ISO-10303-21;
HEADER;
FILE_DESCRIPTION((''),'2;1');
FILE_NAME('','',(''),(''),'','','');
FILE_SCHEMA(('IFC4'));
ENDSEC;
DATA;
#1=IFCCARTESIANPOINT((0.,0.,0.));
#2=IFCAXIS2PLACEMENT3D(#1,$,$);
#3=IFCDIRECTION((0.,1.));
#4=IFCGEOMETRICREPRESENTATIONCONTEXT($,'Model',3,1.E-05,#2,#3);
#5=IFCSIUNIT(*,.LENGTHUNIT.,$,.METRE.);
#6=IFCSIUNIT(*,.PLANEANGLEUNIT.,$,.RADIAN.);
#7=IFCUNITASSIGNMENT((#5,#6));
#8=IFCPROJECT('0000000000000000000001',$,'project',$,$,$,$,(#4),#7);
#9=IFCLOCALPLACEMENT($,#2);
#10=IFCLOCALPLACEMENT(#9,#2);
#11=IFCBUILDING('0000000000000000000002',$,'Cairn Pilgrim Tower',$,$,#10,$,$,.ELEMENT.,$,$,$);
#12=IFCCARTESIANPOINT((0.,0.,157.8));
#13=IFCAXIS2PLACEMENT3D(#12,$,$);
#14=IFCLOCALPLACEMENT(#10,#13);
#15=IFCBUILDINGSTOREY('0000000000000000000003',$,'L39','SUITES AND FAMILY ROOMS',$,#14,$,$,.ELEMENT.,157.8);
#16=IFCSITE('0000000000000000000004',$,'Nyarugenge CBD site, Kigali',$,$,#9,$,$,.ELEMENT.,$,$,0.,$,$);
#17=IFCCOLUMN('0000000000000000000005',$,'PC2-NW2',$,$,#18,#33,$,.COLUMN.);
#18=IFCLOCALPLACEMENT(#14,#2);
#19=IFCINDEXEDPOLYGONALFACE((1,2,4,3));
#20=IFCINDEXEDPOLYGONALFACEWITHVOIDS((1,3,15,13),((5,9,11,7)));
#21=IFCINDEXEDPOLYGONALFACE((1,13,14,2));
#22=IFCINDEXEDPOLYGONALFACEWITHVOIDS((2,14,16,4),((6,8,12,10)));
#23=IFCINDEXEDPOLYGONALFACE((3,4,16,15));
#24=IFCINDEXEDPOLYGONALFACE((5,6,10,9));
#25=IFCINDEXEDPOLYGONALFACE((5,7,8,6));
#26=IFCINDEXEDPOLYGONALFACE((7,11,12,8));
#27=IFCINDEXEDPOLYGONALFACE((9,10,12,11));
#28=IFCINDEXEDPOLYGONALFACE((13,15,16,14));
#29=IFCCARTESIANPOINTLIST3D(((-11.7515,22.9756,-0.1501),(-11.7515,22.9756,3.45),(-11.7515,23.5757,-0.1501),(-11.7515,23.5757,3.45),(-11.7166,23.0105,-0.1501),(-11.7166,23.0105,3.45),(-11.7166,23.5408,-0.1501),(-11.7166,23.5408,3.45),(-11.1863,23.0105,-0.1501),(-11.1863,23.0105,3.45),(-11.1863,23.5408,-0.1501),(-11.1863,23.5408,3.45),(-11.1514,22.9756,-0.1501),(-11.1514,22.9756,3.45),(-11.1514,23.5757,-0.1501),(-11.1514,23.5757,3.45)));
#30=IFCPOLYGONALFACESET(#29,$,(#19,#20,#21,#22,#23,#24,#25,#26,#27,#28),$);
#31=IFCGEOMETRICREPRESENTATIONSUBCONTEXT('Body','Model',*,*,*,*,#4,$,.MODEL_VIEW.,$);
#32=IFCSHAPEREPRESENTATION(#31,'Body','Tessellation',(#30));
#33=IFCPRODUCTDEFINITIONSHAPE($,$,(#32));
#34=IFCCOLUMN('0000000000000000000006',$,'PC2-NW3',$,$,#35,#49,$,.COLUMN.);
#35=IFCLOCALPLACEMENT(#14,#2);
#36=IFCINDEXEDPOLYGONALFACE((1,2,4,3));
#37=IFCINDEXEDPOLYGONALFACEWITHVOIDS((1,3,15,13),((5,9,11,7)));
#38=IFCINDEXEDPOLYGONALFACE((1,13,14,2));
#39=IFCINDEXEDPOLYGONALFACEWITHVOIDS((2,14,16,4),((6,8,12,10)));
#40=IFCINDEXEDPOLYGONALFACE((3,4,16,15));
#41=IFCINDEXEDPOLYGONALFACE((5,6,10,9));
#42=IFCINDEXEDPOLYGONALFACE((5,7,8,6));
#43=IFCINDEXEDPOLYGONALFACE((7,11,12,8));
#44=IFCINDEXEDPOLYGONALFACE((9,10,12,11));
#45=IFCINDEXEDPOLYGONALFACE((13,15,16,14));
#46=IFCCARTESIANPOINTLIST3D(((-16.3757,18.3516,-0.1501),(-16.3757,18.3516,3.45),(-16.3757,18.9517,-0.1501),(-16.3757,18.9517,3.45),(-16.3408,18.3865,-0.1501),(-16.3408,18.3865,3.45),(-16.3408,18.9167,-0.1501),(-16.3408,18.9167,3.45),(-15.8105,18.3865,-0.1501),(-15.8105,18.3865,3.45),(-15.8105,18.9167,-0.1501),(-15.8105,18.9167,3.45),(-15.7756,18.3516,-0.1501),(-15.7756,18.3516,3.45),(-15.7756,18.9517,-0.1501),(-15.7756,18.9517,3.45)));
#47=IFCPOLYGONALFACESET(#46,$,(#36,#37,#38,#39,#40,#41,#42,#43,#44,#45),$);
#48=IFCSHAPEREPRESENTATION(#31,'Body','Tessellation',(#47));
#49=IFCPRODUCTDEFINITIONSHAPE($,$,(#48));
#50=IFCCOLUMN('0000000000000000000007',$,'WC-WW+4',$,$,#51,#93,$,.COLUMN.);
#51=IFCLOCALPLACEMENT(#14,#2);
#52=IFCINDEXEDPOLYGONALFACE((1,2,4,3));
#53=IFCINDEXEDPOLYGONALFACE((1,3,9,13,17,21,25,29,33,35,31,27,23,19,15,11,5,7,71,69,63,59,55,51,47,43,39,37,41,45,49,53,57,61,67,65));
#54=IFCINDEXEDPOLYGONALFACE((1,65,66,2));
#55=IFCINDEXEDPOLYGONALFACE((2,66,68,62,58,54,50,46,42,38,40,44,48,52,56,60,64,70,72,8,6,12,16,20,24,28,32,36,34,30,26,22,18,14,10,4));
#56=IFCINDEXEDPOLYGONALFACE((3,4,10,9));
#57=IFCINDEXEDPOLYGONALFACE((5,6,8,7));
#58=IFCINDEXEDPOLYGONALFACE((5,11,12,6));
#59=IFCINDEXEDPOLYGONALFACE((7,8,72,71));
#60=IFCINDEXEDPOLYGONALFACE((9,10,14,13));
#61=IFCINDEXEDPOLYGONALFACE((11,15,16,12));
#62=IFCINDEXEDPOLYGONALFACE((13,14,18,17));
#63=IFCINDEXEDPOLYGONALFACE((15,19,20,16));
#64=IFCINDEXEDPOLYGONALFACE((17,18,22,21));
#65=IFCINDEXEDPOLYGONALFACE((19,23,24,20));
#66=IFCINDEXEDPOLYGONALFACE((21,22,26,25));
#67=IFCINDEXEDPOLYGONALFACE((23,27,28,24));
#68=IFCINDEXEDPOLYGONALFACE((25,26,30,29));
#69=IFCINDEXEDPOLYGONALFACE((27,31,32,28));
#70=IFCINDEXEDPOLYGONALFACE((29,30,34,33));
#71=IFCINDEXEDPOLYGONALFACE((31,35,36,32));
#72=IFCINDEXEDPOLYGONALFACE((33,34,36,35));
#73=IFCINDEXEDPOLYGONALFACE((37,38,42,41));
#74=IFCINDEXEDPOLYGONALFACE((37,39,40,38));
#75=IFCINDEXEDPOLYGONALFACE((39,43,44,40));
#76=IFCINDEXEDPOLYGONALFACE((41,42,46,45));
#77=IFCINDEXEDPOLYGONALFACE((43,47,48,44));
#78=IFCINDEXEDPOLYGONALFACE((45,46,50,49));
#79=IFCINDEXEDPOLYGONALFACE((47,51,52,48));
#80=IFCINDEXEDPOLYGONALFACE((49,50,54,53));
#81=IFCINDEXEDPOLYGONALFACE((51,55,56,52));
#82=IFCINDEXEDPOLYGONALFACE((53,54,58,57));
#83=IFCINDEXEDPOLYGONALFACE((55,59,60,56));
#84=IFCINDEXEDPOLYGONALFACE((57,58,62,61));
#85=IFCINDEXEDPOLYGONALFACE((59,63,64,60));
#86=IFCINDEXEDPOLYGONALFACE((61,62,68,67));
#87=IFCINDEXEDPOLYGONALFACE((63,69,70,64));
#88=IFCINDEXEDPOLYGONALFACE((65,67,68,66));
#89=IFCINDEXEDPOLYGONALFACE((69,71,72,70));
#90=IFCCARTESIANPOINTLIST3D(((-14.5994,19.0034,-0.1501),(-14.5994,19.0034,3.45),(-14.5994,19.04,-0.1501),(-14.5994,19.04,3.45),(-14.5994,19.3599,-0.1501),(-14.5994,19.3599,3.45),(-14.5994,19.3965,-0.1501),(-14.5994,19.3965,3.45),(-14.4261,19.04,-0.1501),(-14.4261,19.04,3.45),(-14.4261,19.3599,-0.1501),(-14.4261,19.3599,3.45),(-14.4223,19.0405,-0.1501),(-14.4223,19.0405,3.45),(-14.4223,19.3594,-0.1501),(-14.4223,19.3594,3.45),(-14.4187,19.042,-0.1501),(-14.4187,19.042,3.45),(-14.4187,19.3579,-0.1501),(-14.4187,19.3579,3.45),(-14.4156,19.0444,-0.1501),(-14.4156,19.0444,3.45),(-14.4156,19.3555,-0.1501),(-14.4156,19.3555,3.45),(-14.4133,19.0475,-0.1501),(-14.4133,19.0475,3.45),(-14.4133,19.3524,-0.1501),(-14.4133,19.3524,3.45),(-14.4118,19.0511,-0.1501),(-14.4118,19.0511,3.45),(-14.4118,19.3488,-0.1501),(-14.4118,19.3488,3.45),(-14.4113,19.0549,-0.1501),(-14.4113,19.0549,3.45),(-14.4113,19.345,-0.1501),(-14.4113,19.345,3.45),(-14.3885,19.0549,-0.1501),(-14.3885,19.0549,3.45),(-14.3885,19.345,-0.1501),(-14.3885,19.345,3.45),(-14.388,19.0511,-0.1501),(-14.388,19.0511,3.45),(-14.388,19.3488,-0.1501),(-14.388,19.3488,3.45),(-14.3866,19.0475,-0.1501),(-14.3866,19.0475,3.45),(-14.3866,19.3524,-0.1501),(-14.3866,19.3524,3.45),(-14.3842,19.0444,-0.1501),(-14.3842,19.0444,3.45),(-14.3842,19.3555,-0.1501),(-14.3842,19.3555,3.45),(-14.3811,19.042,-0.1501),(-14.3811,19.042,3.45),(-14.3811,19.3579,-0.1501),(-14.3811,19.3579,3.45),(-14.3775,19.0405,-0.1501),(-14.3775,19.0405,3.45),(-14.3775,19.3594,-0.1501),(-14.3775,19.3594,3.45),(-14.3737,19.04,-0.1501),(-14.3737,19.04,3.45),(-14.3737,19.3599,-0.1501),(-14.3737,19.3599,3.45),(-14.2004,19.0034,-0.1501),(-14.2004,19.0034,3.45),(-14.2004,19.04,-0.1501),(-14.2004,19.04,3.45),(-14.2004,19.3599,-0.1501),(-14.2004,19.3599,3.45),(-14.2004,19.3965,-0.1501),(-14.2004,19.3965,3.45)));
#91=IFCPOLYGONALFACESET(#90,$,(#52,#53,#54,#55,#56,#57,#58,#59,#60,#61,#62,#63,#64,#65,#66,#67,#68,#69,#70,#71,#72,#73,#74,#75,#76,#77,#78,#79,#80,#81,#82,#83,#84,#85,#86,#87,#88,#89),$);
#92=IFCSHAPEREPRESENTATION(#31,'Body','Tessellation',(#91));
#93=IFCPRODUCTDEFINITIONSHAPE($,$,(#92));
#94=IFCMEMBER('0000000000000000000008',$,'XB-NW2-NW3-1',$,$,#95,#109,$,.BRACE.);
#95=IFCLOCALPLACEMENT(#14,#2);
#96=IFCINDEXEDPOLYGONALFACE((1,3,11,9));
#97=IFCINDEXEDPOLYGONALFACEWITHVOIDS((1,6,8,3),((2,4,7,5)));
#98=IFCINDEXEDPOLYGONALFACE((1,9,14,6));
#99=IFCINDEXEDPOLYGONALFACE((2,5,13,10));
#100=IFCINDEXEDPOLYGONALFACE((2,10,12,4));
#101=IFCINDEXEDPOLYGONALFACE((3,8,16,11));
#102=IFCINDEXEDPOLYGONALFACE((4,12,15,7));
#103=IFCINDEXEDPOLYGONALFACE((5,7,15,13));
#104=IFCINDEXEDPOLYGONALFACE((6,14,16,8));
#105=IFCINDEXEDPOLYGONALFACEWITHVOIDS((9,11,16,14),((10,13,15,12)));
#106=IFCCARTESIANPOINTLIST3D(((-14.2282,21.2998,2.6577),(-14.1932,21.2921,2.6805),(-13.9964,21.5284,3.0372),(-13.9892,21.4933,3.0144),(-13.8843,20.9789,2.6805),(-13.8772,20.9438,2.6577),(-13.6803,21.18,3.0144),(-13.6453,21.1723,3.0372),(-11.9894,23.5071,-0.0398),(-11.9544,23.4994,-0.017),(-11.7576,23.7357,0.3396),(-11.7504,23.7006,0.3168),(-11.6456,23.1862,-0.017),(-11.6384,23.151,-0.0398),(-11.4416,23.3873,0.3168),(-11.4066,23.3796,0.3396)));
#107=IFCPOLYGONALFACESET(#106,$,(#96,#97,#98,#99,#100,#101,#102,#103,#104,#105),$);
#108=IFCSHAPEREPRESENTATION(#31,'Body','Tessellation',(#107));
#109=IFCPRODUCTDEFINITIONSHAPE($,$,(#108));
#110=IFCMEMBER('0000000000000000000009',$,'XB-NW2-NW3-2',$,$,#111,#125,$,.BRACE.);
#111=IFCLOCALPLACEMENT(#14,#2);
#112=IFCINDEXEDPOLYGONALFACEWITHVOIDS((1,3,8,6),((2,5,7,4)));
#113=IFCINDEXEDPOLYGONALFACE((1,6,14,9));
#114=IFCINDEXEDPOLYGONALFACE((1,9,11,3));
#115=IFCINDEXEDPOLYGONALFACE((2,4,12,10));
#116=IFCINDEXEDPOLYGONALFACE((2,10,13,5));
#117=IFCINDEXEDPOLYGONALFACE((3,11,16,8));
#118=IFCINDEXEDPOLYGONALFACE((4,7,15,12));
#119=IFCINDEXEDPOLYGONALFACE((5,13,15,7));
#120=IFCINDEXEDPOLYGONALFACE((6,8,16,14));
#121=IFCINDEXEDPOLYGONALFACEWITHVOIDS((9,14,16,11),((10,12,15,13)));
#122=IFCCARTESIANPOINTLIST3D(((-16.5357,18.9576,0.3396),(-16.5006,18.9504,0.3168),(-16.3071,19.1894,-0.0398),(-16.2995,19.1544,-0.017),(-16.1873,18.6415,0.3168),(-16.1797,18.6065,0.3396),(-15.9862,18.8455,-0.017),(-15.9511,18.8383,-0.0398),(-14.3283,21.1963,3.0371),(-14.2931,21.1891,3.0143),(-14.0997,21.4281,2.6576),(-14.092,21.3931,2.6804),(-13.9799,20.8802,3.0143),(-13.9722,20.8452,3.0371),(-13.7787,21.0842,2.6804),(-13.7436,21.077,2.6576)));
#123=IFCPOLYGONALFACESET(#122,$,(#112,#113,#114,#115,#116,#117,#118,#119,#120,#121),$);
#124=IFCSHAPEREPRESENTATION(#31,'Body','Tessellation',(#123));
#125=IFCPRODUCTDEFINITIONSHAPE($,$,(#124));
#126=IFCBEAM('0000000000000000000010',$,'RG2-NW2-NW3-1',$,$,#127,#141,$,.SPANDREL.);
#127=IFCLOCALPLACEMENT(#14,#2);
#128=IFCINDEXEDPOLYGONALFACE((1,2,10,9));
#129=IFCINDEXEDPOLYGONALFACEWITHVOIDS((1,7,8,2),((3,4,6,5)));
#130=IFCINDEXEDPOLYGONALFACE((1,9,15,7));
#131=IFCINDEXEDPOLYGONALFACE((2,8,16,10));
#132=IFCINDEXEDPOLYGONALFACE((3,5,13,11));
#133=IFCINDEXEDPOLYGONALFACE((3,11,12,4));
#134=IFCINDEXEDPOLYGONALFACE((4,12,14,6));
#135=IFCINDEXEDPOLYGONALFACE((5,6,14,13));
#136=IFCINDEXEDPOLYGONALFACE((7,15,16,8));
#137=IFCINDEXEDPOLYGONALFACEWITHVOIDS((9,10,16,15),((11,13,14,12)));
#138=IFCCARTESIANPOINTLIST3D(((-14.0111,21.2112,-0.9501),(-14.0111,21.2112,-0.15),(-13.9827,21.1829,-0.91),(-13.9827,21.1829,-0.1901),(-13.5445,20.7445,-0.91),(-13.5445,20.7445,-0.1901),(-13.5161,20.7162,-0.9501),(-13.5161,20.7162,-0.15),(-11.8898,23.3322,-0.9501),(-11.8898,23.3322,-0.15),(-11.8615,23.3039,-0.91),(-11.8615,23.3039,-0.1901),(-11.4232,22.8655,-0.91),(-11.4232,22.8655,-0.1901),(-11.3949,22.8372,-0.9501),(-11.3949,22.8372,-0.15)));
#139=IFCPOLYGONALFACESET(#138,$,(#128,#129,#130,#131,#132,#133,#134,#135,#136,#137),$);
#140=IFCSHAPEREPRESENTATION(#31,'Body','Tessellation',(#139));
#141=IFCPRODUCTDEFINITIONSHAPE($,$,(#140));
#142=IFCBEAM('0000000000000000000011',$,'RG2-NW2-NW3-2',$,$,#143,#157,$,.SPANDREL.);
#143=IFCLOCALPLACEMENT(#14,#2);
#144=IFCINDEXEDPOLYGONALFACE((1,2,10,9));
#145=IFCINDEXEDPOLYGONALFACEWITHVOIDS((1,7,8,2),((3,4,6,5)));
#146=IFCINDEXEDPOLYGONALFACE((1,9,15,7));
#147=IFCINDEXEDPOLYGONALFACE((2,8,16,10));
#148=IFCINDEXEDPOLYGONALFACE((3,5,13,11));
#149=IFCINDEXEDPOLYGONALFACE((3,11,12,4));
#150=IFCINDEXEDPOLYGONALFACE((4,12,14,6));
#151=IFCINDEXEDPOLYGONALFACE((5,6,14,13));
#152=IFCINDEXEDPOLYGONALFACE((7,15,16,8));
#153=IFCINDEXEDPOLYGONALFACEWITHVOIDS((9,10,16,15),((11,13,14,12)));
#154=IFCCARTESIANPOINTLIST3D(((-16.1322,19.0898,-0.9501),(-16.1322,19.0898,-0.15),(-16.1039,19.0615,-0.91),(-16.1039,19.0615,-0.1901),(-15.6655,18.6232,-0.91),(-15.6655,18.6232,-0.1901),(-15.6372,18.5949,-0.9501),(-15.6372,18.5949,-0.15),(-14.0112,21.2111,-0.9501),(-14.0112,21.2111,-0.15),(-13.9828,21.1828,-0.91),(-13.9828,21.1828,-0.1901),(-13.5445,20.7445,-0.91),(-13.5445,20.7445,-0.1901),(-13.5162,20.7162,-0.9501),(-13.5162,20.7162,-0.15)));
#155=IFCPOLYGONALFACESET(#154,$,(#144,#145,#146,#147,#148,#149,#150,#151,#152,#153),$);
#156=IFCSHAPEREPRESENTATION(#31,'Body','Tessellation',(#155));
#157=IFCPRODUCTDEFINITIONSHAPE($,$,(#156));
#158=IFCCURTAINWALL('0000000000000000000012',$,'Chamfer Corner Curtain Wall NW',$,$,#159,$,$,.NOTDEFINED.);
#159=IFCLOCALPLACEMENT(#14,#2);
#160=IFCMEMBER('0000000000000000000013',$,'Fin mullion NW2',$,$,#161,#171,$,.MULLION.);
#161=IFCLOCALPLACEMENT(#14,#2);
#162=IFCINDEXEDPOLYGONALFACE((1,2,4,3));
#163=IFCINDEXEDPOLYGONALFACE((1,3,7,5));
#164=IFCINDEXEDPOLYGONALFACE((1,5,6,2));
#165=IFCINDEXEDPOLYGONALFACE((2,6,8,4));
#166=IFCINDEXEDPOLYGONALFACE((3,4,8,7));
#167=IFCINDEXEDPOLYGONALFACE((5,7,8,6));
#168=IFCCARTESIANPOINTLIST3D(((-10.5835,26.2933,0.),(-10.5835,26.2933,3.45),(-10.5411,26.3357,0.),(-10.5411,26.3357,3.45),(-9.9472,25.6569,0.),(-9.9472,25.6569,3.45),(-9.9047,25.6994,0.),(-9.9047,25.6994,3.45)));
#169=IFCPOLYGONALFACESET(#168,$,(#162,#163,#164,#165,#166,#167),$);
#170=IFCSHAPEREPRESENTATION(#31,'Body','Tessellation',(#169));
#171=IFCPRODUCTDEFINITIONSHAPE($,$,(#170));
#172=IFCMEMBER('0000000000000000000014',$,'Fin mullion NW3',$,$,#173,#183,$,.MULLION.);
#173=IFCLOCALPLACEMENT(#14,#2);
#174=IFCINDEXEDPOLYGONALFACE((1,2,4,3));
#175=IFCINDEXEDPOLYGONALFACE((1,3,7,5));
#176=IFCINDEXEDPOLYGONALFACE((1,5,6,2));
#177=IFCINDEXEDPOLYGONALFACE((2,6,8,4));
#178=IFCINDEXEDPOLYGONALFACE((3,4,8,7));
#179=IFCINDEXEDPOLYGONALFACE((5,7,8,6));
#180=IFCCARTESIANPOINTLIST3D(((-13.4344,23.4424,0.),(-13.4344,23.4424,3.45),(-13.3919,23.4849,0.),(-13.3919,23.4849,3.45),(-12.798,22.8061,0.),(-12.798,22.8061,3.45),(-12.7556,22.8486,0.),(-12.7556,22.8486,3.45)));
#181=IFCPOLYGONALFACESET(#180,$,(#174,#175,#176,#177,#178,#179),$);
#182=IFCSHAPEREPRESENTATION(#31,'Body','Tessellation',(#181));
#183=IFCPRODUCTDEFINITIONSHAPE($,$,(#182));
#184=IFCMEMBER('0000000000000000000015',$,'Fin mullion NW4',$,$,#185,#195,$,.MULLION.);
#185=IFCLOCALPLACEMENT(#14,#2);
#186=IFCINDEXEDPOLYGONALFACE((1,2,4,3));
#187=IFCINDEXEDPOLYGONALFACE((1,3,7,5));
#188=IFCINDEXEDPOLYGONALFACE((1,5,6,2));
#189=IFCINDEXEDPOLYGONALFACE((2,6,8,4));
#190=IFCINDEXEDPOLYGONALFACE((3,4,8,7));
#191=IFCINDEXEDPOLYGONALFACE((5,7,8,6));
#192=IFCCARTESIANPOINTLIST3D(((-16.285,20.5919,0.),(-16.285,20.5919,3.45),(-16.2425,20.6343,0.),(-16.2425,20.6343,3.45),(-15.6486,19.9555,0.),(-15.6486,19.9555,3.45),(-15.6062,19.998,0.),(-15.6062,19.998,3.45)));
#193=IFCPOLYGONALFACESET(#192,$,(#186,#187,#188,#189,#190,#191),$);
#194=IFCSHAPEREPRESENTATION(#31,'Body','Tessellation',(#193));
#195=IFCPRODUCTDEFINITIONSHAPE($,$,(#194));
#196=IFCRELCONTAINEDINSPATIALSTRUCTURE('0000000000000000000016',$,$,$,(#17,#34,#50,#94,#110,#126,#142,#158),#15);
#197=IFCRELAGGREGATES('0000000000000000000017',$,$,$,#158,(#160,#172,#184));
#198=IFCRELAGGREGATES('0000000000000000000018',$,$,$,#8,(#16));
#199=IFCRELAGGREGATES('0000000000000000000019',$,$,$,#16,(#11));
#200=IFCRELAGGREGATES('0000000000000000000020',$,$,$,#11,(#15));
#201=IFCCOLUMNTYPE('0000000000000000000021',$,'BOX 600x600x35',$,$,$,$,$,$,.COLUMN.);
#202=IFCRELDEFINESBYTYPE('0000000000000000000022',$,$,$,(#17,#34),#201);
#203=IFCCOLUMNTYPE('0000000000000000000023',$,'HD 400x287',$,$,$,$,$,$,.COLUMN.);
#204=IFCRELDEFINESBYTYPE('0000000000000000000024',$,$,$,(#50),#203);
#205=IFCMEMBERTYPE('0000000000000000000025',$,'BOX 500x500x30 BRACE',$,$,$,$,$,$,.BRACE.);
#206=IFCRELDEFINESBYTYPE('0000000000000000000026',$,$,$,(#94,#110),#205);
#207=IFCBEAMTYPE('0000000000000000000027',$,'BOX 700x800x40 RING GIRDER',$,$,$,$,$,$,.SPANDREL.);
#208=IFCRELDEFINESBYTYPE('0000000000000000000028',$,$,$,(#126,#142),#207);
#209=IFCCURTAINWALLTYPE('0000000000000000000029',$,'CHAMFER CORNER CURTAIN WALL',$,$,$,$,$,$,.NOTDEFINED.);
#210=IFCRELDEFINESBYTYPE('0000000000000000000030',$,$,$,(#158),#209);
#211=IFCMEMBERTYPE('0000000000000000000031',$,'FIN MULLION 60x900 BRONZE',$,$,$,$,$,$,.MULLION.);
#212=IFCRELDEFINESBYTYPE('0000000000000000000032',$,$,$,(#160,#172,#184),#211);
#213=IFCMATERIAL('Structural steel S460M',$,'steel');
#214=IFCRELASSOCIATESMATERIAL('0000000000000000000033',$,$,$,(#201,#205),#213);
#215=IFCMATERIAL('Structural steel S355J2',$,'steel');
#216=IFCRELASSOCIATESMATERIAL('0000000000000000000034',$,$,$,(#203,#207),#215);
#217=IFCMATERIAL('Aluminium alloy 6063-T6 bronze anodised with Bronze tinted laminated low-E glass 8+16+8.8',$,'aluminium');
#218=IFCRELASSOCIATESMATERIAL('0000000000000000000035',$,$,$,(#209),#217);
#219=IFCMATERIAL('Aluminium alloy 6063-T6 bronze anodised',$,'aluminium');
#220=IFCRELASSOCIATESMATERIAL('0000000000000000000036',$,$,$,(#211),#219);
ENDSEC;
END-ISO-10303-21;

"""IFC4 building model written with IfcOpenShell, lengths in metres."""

from ifc_helpers import new_model, si_unit, direction, frame, origin, origin_2d, place, context, subcontext, project, spatial, rectangle, hollow_rectangle, i_section, extrude, material, material_profile, profile_set, type_object, element, aggregate, save


model = new_model("IFC4")

# Units and contexts
model_context = context("Model", 3, precision=1e-05, world=origin(), true_north=direction((0.0, 1.0)))
body_context = subcontext(model_context, "Body", "Model", "MODEL_VIEW")
ifc_project = project(units=[si_unit("LENGTHUNIT", "METRE"), si_unit("PLANEANGLEUNIT", "RADIAN")], contexts=[model_context])

# Site, building, storey
site_placement = place(None, origin())
site = spatial("IfcSite", under=ifc_project, at=site_placement, Name="Nyarugenge CBD site, Kigali", CompositionType="ELEMENT", RefElevation=0.0)
building_placement = place(site_placement, origin())
building = spatial("IfcBuilding", under=site, at=building_placement, Name="Cairn Pilgrim Tower", CompositionType="ELEMENT")
storey_placement = place(building_placement, frame((0.0, 0.0, 157.8)))
storey = spatial("IfcBuildingStorey", under=building, at=storey_placement, Name="L39", Description="SUITES AND FAMILY ROOMS", CompositionType="ELEMENT", Elevation=157.8)

# Columns
ifc_material_1 = material(Name="Structural steel S460M", Category="steel")
ifc_material_profile_1 = material_profile(ifc_material_1, hollow_rectangle(XDim=0.6001, YDim=0.6001, WallThickness=0.0349, at=origin_2d()), Name="BOX 600x600x35")
ifc_profile_set_1 = profile_set([ifc_material_profile_1], Name="Structural steel S460M")
column_type_1 = type_object("IfcColumnType", Name="BOX 600x600x35", PredefinedType="COLUMN", material=ifc_profile_set_1)
for number, where, z_axis, x_axis, name in (
    (1, (-11.4514, 23.2756, -0.1501), (0.0, 0.0, 1.0), (1.0, 0.0, 0.0), "PC2-NW2"),
    (2, (-16.0757, 18.6516, -0.1501), (0.0, 0.0, 1.0), (1.0, 0.0, 0.0), "PC2-NW3"),
):
    element("IfcColumn", number, at=place(storey_placement, frame(where, z_axis=z_axis, x_axis=x_axis)), inside=storey, type_object=column_type_1, Name=name, PredefinedType="COLUMN", context=body_context, shape_type="SweptSolid", body=[
        extrude(hollow_rectangle(XDim=0.6001, YDim=0.6001, WallThickness=0.0349, at=origin_2d()), origin(), (0.0, 0.0, 1.0), 3.6001),
    ])
ifc_material_2 = material(Name="Structural steel S355J2", Category="steel")
ifc_material_profile_2 = material_profile(ifc_material_2, i_section(OverallWidth=0.3989, OverallDepth=0.3931, WebThickness=0.0227, FlangeThickness=0.0366, FilletRadius=0.0149, at=origin_2d()), Name="HD 400x287")
ifc_profile_set_2 = profile_set([ifc_material_profile_2], Name="Structural steel S355J2")
column_type_2 = type_object("IfcColumnType", Name="HD 400x287", PredefinedType="COLUMN", material=ifc_profile_set_2)
column_placement = place(storey_placement, frame((-14.3999, 19.2, -0.1501), z_axis=(0.0, 0.0, 1.0), x_axis=(1.0, 0.0, 0.0)))
element("IfcColumn", 3, at=column_placement, inside=storey, type_object=column_type_2, Name="WC-WW+4", PredefinedType="COLUMN", context=body_context, shape_type="SweptSolid", body=[
    extrude(i_section(OverallWidth=0.3989, OverallDepth=0.3931, WebThickness=0.0227, FlangeThickness=0.0366, FilletRadius=0.0149, at=origin_2d()), origin(), (0.0, 0.0, 1.0), 3.6001),
])

# Members
ifc_material_profile_3 = material_profile(ifc_material_1, hollow_rectangle(XDim=0.5, YDim=0.5, WallThickness=0.03, at=origin_2d()), Name="BOX 500x500x30")
ifc_profile_set_3 = profile_set([ifc_material_profile_3], Name="Structural steel S460M")
member_type_1 = type_object("IfcMemberType", Name="BOX 500x500x30 BRACE", PredefinedType="BRACE", material=ifc_profile_set_3)
for number, where, z_axis, x_axis, name in (
    (4, (-11.698, 23.4434, 0.1499), (-0.540433, -0.53283, 0.651171), (0.70208, -0.712098, 0.0), "XB-NW2-NW3-1"),
    (5, (-16.2434, 18.8979, 0.1499), (0.532872, 0.540416, 0.651151), (-0.712059, 0.70212, 0.0), "XB-NW2-NW3-2"),
):
    element("IfcMember", number, at=place(storey_placement, frame(where, z_axis=z_axis, x_axis=x_axis)), inside=storey, type_object=member_type_1, Name=name, PredefinedType="BRACE", context=body_context, shape_type="SweptSolid", body=[
        extrude(hollow_rectangle(XDim=0.5, YDim=0.5, WallThickness=0.03, at=origin_2d()), origin(), (0.0, 0.0, 1.0), 4.1426),
    ])

# Beams
ifc_material_profile_4 = material_profile(ifc_material_2, hollow_rectangle(XDim=0.7, YDim=0.8, WallThickness=0.04, at=origin_2d()), Name="BOX 700x800x40")
ifc_profile_set_4 = profile_set([ifc_material_profile_4], Name="Structural steel S355J2")
beam_type_1 = type_object("IfcBeamType", Name="BOX 700x800x40 RING GIRDER", PredefinedType="SPANDREL", material=ifc_profile_set_4)
for number, where, z_axis, x_axis, name in (
    (6, (-11.6423, 23.0847, -0.55), (-0.707147, -0.707066, 0.0), (0.707066, -0.707147, 0.0), "RG2-NW2-NW3-1"),
    (7, (-13.7637, 20.9636, -0.55), (-0.707066, -0.707147, 0.0), (0.707147, -0.707066, 0.0), "RG2-NW2-NW3-2"),
):
    element("IfcBeam", number, at=place(storey_placement, frame(where, z_axis=z_axis, x_axis=x_axis)), inside=storey, type_object=beam_type_1, Name=name, PredefinedType="SPANDREL", context=body_context, shape_type="SweptSolid", body=[
        extrude(hollow_rectangle(XDim=0.7, YDim=0.8, WallThickness=0.04, at=origin_2d()), origin(), (0.0, 0.0, 1.0), 2.9998),
    ])

# Curtain wall, members
ifc_material_3 = material(Name="Aluminium alloy 6063-T6 bronze anodised with Bronze tinted laminated low-E glass 8+16+8.8", Category="aluminium")
curtain_wall_type_1 = type_object("IfcCurtainWallType", Name="CHAMFER CORNER CURTAIN WALL", PredefinedType="NOTDEFINED", material=ifc_material_3)
curtain_wall_1_placement = place(storey_placement, origin())
curtain_wall_1 = element("IfcCurtainWall", 8, at=curtain_wall_1_placement, inside=storey, type_object=curtain_wall_type_1, Name="Chamfer Corner Curtain Wall NW", PredefinedType="NOTDEFINED")
ifc_material_4 = material(Name="Aluminium alloy 6063-T6 bronze anodised", Category="aluminium")
ifc_material_profile_5 = material_profile(ifc_material_4, rectangle(XDim=0.8999, YDim=0.0601, at=origin_2d()), Name="FIN MULLION 60x900 BRONZE")
ifc_profile_set_5 = profile_set([ifc_material_profile_5], Name="Aluminium alloy 6063-T6 bronze anodised")
member_type_2 = type_object("IfcMemberType", Name="FIN MULLION 60x900 BRONZE", PredefinedType="MULLION", material=ifc_profile_set_5)
member_1_placement = place(storey_placement, frame((-10.2441, 25.9963, 0.0), z_axis=(0.0, 0.0, 1.0), x_axis=(-0.707107, 0.707107, 0.0)))
member_1 = element("IfcMember", 9, at=member_1_placement, type_object=member_type_2, Name="Fin mullion NW2", PredefinedType="MULLION", context=body_context, shape_type="SweptSolid", body=[
    extrude(rectangle(XDim=0.8999, YDim=0.0601, at=origin_2d()), origin(), (0.0, 0.0, 1.0), 3.45),
])
member_2_placement = place(storey_placement, frame((-13.095, 23.1455, 0.0), z_axis=(0.0, 0.0, 1.0), x_axis=(-0.707107, 0.707107, 0.0)))
member_2 = element("IfcMember", 10, at=member_2_placement, type_object=member_type_2, Name="Fin mullion NW3", PredefinedType="MULLION", context=body_context, shape_type="SweptSolid", body=[
    extrude(rectangle(XDim=0.8999, YDim=0.0601, at=origin_2d()), origin(), (0.0, 0.0, 1.0), 3.45),
])
member_3_placement = place(storey_placement, frame((-15.9456, 20.2949, 0.0), z_axis=(0.0, 0.0, 1.0), x_axis=(-0.707107, 0.707107, 0.0)))
member_3 = element("IfcMember", 11, at=member_3_placement, type_object=member_type_2, Name="Fin mullion NW4", PredefinedType="MULLION", context=body_context, shape_type="SweptSolid", body=[
    extrude(rectangle(XDim=0.8999, YDim=0.0601, at=origin_2d()), origin(), (0.0, 0.0, 1.0), 3.45),
])

aggregate(curtain_wall_1, [member_1, member_2, member_3])

save(model, "model.ifc")
